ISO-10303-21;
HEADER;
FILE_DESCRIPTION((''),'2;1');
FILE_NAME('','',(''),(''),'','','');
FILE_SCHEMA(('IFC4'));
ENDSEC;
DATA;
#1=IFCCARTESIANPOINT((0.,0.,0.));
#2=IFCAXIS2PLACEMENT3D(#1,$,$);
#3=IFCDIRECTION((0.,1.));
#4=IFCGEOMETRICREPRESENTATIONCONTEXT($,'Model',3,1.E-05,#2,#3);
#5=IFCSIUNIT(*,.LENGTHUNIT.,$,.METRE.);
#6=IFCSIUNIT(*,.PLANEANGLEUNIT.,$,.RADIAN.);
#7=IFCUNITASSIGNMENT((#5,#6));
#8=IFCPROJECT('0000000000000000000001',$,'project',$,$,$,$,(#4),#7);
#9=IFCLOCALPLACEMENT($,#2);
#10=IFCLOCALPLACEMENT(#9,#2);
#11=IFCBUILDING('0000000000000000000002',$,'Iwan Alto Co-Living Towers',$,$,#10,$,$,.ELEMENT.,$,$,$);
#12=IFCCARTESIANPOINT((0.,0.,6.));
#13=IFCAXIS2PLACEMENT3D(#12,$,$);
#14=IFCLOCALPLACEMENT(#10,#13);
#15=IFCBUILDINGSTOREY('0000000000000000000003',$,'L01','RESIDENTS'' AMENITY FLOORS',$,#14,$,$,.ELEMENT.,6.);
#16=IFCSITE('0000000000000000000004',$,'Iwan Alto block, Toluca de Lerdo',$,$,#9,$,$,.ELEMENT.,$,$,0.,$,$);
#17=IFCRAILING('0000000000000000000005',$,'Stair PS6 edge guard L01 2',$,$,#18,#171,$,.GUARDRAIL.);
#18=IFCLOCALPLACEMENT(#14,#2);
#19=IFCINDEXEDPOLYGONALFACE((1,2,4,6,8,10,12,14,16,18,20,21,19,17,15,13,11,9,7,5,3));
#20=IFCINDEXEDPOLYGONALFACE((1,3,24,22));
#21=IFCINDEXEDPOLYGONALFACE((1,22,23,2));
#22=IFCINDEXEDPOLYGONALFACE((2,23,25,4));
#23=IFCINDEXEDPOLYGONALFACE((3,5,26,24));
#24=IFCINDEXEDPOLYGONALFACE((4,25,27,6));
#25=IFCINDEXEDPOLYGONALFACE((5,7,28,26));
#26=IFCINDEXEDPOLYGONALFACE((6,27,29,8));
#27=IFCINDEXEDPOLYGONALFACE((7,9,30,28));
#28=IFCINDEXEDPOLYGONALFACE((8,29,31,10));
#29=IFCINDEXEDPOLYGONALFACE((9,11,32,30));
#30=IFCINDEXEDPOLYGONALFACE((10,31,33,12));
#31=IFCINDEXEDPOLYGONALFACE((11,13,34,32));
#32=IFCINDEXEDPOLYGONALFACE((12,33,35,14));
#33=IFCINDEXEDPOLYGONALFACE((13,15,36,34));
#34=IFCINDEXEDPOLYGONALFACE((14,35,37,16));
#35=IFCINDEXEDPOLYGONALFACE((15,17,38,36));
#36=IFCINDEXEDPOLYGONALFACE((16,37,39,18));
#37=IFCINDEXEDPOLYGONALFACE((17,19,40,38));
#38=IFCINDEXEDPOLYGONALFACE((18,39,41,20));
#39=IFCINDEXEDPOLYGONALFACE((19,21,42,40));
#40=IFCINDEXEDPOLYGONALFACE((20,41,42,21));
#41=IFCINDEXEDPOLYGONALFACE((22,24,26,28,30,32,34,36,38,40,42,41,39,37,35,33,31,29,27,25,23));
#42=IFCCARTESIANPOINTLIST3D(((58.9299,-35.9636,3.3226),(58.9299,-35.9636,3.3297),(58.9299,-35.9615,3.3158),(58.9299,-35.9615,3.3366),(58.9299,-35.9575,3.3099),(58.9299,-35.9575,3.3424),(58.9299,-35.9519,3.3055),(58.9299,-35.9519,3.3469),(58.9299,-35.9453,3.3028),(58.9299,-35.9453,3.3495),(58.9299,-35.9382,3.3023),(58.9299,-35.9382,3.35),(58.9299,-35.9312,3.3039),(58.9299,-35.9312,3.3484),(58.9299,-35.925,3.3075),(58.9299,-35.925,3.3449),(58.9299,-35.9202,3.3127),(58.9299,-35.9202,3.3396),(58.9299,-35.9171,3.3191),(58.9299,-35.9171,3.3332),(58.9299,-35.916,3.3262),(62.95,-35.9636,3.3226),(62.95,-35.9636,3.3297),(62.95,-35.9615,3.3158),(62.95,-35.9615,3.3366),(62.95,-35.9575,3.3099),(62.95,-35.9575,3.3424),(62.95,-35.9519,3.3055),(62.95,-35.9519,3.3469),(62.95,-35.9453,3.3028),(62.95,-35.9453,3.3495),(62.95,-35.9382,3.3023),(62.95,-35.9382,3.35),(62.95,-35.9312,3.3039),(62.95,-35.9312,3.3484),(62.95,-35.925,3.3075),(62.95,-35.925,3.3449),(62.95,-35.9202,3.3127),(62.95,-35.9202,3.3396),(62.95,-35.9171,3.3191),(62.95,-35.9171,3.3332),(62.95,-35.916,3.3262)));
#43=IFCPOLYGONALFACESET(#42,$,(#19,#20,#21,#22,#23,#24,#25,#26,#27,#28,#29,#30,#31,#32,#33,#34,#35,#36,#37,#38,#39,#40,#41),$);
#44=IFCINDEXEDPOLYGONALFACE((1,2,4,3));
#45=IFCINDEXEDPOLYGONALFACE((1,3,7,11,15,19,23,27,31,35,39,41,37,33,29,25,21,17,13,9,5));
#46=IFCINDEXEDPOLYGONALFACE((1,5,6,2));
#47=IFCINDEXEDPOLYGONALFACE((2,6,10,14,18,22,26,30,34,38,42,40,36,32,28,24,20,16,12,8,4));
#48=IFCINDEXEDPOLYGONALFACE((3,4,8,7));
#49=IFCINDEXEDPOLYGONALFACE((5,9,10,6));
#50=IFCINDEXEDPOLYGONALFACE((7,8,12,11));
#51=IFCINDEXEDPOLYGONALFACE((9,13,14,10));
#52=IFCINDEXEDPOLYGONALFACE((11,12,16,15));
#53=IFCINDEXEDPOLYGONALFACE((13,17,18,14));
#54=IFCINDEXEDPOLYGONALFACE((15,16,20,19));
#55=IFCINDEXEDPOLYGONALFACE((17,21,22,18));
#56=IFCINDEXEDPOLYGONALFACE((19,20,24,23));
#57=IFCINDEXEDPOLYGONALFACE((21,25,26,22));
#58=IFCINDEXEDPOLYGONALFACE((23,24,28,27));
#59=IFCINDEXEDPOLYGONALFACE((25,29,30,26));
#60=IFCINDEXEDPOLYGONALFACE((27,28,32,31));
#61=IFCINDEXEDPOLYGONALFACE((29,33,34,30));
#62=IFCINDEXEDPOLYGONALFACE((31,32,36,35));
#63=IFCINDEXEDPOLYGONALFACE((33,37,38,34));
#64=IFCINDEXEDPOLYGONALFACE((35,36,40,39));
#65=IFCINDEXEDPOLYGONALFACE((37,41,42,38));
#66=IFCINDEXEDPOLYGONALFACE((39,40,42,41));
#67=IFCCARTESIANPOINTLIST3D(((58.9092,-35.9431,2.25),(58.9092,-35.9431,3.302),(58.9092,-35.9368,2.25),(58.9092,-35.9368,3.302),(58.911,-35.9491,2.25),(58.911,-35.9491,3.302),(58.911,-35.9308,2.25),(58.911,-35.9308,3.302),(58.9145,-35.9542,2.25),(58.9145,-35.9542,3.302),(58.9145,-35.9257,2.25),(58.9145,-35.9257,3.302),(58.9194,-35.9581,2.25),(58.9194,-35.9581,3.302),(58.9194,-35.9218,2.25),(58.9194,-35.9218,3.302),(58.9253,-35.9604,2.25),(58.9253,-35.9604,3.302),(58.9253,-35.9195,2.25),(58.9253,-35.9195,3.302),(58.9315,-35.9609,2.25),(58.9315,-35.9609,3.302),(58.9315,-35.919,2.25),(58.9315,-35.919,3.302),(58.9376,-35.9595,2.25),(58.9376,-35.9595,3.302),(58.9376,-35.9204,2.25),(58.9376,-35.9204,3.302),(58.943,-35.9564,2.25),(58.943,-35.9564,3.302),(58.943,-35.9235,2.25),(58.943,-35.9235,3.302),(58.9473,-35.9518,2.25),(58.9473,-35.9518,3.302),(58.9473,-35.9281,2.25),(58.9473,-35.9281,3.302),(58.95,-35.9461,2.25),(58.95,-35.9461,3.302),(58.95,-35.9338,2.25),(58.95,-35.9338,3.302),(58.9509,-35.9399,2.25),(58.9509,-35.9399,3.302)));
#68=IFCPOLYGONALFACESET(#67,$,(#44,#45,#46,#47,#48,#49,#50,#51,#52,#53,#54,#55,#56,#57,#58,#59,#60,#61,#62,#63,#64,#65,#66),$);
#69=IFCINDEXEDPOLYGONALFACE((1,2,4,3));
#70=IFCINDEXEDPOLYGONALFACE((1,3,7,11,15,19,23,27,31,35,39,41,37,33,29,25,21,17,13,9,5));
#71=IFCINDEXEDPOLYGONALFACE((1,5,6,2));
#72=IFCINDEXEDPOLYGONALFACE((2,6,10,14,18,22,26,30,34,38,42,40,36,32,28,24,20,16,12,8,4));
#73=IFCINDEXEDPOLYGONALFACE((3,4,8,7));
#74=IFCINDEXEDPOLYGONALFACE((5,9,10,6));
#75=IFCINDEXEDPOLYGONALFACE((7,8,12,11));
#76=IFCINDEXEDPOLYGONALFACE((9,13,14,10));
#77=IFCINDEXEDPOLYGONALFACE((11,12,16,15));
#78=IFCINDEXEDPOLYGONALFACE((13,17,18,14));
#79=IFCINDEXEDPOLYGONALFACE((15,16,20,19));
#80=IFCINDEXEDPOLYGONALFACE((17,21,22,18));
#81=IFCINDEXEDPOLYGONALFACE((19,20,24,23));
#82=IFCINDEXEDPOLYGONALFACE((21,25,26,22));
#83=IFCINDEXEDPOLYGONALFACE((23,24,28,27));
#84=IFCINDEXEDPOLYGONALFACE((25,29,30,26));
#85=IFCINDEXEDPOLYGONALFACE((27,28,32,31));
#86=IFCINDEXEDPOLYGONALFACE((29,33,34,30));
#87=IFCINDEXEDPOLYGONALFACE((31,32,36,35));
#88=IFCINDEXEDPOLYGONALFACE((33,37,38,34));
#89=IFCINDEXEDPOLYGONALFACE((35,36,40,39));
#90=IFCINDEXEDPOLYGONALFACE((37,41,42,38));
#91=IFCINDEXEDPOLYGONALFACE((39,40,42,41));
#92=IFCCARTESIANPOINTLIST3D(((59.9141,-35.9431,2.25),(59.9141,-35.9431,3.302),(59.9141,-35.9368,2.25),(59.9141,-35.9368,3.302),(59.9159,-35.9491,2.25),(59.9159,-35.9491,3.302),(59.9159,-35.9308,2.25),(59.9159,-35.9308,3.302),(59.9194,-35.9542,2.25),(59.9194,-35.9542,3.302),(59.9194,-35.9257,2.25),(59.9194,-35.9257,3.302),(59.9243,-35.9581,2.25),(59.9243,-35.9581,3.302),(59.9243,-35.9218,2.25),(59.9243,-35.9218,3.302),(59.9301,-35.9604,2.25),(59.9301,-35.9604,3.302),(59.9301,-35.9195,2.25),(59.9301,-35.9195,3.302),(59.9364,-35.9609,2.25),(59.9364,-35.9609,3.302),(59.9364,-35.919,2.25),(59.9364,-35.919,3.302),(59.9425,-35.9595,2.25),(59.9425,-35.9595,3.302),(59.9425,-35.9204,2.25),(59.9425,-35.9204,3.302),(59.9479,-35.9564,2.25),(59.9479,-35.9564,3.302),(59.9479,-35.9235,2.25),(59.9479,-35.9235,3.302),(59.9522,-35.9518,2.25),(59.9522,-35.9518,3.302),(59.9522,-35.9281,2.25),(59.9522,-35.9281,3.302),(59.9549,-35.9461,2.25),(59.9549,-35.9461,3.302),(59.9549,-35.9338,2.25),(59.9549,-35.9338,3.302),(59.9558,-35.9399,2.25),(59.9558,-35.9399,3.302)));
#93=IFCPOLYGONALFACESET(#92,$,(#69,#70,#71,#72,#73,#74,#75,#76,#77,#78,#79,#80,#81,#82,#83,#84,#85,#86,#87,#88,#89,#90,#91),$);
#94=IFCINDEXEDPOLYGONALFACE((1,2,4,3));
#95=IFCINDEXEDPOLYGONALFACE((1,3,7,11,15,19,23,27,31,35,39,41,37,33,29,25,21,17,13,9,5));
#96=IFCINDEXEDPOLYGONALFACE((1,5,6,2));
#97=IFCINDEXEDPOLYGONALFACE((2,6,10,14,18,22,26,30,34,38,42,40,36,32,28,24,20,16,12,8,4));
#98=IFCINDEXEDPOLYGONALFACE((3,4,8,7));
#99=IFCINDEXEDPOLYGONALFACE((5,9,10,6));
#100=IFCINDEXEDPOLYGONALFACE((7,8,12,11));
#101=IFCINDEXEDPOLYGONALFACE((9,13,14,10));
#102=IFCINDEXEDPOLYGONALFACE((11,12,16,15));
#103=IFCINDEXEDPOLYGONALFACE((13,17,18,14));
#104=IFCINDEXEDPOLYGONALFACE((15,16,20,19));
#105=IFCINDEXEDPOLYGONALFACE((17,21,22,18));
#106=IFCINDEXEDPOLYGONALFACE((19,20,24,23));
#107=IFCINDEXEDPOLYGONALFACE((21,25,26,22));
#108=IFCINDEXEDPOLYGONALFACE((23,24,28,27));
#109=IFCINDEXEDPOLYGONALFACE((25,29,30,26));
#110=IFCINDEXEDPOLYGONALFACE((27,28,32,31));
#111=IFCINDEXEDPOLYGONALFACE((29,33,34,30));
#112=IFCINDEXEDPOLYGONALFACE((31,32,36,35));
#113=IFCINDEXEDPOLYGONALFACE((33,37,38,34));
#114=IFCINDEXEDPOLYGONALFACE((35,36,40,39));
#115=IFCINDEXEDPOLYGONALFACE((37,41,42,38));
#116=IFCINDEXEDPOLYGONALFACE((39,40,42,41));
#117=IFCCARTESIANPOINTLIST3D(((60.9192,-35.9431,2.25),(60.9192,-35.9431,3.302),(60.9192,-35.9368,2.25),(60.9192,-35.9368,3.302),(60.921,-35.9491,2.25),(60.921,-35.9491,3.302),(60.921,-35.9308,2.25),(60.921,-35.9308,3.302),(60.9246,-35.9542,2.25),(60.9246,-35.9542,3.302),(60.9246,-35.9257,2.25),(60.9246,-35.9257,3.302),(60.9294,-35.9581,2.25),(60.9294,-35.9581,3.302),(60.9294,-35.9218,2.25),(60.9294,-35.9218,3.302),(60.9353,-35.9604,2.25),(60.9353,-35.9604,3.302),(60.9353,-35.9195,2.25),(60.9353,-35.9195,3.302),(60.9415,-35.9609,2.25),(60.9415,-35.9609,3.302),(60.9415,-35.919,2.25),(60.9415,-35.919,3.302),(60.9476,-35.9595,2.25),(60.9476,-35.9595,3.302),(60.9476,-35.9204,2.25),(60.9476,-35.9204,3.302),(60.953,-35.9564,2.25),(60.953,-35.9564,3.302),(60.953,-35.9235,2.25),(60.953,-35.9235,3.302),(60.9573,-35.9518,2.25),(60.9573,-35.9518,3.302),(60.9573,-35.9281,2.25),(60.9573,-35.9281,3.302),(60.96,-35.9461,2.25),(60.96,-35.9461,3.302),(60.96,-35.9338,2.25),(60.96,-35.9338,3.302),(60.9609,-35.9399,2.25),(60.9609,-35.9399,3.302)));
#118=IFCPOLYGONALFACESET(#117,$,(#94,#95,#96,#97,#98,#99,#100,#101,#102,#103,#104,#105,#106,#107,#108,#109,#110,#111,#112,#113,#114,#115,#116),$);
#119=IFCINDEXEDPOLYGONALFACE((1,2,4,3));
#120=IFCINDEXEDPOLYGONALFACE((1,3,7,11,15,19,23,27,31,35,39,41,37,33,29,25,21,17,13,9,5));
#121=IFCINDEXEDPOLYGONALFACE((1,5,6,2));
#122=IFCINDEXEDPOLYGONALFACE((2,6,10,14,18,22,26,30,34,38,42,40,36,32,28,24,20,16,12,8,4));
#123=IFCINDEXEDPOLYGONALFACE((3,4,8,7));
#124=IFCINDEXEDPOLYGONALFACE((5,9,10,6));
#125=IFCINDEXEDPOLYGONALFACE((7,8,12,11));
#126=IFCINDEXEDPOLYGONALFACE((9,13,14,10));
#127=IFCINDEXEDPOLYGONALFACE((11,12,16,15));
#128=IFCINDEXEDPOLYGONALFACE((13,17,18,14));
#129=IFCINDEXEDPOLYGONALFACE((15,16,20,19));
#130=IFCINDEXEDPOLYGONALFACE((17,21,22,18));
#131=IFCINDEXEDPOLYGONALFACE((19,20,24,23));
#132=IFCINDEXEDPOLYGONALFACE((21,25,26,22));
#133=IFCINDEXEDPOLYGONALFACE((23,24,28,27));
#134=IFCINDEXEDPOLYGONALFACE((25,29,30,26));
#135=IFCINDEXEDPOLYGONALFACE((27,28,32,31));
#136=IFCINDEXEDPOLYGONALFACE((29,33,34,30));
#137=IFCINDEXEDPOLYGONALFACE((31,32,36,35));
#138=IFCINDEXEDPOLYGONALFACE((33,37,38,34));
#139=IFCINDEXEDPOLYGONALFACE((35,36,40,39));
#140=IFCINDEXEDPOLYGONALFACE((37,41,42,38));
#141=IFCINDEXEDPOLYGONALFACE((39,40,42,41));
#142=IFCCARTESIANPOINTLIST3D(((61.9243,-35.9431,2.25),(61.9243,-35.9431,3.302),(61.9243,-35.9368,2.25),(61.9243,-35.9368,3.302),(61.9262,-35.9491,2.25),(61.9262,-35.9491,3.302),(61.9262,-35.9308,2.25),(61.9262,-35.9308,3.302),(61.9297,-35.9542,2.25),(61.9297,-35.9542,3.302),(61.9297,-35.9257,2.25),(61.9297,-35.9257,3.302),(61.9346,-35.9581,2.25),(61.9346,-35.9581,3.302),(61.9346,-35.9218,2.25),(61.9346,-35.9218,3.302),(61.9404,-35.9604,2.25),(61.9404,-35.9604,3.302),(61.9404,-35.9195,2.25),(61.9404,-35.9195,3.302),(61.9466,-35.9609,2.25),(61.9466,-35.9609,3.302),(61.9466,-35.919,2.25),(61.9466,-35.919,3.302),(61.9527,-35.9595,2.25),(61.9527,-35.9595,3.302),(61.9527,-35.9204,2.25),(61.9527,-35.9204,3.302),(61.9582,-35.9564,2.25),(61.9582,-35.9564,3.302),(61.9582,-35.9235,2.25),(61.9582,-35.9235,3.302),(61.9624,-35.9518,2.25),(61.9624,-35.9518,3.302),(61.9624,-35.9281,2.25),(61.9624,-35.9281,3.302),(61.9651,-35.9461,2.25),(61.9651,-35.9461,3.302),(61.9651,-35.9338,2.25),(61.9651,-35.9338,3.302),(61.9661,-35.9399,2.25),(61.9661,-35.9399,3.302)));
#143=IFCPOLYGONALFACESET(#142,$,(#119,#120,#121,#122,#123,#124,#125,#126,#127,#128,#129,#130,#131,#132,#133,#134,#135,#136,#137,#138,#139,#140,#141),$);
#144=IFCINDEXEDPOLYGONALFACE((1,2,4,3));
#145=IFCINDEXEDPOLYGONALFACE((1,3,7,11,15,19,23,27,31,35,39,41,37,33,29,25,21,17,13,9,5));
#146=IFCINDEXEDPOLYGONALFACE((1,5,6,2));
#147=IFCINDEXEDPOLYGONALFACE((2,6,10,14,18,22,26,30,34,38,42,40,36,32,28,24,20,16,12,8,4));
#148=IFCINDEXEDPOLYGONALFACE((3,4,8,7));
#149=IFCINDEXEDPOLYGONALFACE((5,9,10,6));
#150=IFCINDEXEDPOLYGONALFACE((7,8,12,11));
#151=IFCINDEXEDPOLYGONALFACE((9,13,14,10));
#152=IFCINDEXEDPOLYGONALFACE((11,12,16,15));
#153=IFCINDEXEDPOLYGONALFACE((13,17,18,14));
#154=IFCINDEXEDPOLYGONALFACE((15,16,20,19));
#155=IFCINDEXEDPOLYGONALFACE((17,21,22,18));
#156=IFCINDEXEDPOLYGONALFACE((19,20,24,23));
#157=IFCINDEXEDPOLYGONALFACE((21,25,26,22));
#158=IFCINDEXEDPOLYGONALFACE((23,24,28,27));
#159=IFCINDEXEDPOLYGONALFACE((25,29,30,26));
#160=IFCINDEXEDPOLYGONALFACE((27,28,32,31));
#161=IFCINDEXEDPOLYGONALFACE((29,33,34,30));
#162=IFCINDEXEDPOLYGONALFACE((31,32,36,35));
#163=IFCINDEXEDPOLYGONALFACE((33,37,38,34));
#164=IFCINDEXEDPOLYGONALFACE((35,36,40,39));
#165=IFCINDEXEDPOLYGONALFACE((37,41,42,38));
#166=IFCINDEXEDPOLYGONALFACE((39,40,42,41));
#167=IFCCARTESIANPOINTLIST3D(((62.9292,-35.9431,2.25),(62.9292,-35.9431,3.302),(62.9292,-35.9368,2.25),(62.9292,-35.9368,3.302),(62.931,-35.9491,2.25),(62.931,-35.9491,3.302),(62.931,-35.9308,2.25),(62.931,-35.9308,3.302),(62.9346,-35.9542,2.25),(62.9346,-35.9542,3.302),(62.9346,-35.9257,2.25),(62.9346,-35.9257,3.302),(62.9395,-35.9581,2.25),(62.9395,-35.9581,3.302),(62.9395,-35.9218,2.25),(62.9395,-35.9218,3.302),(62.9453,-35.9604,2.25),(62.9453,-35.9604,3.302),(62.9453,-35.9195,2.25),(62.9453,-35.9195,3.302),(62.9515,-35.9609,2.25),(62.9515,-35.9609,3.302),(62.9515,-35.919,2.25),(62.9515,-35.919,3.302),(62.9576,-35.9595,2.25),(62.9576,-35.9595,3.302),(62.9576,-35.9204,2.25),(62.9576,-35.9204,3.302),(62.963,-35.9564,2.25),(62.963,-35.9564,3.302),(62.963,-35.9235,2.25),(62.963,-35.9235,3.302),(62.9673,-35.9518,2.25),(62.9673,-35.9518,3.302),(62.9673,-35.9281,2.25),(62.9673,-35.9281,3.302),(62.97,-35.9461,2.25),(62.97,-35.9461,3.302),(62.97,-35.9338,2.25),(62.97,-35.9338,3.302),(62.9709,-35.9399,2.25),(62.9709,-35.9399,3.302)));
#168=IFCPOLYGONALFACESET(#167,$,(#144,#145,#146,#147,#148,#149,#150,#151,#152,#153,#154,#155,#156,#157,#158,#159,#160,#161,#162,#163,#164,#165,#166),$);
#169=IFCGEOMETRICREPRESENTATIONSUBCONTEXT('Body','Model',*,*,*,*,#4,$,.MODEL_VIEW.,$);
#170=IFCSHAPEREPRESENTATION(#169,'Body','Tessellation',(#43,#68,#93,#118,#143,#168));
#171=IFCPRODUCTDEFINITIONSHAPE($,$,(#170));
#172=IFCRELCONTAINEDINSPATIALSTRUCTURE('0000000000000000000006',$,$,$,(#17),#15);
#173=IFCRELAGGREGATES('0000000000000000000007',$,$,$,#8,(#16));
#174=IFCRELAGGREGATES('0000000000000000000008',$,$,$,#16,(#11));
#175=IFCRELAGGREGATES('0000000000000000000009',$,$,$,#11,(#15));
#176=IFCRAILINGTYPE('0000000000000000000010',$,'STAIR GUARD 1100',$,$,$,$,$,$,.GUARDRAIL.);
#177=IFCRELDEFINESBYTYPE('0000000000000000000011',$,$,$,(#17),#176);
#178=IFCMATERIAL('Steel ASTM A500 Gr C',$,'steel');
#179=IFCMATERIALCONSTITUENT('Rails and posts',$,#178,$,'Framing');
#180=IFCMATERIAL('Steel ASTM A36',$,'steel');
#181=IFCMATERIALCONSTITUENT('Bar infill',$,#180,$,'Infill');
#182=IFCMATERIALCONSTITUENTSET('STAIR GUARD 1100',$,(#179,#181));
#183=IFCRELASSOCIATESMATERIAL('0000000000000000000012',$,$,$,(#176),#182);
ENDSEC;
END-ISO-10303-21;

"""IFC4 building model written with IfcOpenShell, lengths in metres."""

from ifc_helpers import new_model, si_unit, direction, frame, origin, origin_2d, place, context, subcontext, project, spatial, circle, extrude, material, constituent, constituent_set, type_object, element, save


model = new_model("IFC4")

# Units and contexts
model_context = context("Model", 3, precision=1e-05, world=origin(), true_north=direction((0.0, 1.0)))
body_context = subcontext(model_context, "Body", "Model", "MODEL_VIEW")
ifc_project = project(units=[si_unit("LENGTHUNIT", "METRE"), si_unit("PLANEANGLEUNIT", "RADIAN")], contexts=[model_context])

# Site, building, storey
site_placement = place(None, origin())
site = spatial("IfcSite", under=ifc_project, at=site_placement, Name="Iwan Alto block, Toluca de Lerdo", CompositionType="ELEMENT", RefElevation=0.0)
building_placement = place(site_placement, origin())
building = spatial("IfcBuilding", under=site, at=building_placement, Name="Iwan Alto Co-Living Towers", CompositionType="ELEMENT")
storey_placement = place(building_placement, frame((0.0, 0.0, 6.0)))
storey = spatial("IfcBuildingStorey", under=building, at=storey_placement, Name="L01", Description="RESIDENTS' AMENITY FLOORS", CompositionType="ELEMENT", Elevation=6.0)

# Shared definitions
ifc_material_1 = material(Name="Steel ASTM A36", Category="steel")

# Railing
ifc_material_2 = material(Name="Steel ASTM A500 Gr C", Category="steel")
ifc_constituent_1 = constituent(ifc_material_2, Name="Rails and posts", Category="Framing")
ifc_constituent_2 = constituent(ifc_material_1, Name="Bar infill", Category="Infill")
ifc_constituent_set_1 = constituent_set(constituents=[ifc_constituent_1, ifc_constituent_2], Name="STAIR GUARD 1100")
railing_type_1 = type_object("IfcRailingType", Name="STAIR GUARD 1100", PredefinedType="GUARDRAIL", material=ifc_constituent_set_1)
railing_1_placement = place(storey_placement, frame((58.9299, -35.9399, 2.25)))
element("IfcRailing", 1, at=railing_1_placement, inside=storey, type_object=railing_type_1, Name="Stair PS6 edge guard L01 2", PredefinedType="GUARDRAIL", context=body_context, shape_type="SweptSolid", body=[
    extrude(circle(Radius=0.0239, at=origin_2d()), frame((0.0, 0.0, 1.0762), z_axis=(1.0, 0.0, 0.0), x_axis=(0.0, 1.0, 0.0)), (0.0, 0.0, 1.0), 4.02),
    extrude(circle(Radius=0.021, at=origin_2d()), origin(), (0.0, 0.0, 1.0), 1.052),
    extrude(circle(Radius=0.021, at=origin_2d()), frame((1.0049, 0.0, 0.0)), (0.0, 0.0, 1.0), 1.052),
    extrude(circle(Radius=0.021, at=origin_2d()), frame((2.01, 0.0, 0.0)), (0.0, 0.0, 1.0), 1.052),
    extrude(circle(Radius=0.021, at=origin_2d()), frame((3.0151, 0.0, 0.0)), (0.0, 0.0, 1.0), 1.052),
    extrude(circle(Radius=0.021, at=origin_2d()), frame((4.02, 0.0, 0.0)), (0.0, 0.0, 1.0), 1.052),
])

save(model, "model.ifc")
